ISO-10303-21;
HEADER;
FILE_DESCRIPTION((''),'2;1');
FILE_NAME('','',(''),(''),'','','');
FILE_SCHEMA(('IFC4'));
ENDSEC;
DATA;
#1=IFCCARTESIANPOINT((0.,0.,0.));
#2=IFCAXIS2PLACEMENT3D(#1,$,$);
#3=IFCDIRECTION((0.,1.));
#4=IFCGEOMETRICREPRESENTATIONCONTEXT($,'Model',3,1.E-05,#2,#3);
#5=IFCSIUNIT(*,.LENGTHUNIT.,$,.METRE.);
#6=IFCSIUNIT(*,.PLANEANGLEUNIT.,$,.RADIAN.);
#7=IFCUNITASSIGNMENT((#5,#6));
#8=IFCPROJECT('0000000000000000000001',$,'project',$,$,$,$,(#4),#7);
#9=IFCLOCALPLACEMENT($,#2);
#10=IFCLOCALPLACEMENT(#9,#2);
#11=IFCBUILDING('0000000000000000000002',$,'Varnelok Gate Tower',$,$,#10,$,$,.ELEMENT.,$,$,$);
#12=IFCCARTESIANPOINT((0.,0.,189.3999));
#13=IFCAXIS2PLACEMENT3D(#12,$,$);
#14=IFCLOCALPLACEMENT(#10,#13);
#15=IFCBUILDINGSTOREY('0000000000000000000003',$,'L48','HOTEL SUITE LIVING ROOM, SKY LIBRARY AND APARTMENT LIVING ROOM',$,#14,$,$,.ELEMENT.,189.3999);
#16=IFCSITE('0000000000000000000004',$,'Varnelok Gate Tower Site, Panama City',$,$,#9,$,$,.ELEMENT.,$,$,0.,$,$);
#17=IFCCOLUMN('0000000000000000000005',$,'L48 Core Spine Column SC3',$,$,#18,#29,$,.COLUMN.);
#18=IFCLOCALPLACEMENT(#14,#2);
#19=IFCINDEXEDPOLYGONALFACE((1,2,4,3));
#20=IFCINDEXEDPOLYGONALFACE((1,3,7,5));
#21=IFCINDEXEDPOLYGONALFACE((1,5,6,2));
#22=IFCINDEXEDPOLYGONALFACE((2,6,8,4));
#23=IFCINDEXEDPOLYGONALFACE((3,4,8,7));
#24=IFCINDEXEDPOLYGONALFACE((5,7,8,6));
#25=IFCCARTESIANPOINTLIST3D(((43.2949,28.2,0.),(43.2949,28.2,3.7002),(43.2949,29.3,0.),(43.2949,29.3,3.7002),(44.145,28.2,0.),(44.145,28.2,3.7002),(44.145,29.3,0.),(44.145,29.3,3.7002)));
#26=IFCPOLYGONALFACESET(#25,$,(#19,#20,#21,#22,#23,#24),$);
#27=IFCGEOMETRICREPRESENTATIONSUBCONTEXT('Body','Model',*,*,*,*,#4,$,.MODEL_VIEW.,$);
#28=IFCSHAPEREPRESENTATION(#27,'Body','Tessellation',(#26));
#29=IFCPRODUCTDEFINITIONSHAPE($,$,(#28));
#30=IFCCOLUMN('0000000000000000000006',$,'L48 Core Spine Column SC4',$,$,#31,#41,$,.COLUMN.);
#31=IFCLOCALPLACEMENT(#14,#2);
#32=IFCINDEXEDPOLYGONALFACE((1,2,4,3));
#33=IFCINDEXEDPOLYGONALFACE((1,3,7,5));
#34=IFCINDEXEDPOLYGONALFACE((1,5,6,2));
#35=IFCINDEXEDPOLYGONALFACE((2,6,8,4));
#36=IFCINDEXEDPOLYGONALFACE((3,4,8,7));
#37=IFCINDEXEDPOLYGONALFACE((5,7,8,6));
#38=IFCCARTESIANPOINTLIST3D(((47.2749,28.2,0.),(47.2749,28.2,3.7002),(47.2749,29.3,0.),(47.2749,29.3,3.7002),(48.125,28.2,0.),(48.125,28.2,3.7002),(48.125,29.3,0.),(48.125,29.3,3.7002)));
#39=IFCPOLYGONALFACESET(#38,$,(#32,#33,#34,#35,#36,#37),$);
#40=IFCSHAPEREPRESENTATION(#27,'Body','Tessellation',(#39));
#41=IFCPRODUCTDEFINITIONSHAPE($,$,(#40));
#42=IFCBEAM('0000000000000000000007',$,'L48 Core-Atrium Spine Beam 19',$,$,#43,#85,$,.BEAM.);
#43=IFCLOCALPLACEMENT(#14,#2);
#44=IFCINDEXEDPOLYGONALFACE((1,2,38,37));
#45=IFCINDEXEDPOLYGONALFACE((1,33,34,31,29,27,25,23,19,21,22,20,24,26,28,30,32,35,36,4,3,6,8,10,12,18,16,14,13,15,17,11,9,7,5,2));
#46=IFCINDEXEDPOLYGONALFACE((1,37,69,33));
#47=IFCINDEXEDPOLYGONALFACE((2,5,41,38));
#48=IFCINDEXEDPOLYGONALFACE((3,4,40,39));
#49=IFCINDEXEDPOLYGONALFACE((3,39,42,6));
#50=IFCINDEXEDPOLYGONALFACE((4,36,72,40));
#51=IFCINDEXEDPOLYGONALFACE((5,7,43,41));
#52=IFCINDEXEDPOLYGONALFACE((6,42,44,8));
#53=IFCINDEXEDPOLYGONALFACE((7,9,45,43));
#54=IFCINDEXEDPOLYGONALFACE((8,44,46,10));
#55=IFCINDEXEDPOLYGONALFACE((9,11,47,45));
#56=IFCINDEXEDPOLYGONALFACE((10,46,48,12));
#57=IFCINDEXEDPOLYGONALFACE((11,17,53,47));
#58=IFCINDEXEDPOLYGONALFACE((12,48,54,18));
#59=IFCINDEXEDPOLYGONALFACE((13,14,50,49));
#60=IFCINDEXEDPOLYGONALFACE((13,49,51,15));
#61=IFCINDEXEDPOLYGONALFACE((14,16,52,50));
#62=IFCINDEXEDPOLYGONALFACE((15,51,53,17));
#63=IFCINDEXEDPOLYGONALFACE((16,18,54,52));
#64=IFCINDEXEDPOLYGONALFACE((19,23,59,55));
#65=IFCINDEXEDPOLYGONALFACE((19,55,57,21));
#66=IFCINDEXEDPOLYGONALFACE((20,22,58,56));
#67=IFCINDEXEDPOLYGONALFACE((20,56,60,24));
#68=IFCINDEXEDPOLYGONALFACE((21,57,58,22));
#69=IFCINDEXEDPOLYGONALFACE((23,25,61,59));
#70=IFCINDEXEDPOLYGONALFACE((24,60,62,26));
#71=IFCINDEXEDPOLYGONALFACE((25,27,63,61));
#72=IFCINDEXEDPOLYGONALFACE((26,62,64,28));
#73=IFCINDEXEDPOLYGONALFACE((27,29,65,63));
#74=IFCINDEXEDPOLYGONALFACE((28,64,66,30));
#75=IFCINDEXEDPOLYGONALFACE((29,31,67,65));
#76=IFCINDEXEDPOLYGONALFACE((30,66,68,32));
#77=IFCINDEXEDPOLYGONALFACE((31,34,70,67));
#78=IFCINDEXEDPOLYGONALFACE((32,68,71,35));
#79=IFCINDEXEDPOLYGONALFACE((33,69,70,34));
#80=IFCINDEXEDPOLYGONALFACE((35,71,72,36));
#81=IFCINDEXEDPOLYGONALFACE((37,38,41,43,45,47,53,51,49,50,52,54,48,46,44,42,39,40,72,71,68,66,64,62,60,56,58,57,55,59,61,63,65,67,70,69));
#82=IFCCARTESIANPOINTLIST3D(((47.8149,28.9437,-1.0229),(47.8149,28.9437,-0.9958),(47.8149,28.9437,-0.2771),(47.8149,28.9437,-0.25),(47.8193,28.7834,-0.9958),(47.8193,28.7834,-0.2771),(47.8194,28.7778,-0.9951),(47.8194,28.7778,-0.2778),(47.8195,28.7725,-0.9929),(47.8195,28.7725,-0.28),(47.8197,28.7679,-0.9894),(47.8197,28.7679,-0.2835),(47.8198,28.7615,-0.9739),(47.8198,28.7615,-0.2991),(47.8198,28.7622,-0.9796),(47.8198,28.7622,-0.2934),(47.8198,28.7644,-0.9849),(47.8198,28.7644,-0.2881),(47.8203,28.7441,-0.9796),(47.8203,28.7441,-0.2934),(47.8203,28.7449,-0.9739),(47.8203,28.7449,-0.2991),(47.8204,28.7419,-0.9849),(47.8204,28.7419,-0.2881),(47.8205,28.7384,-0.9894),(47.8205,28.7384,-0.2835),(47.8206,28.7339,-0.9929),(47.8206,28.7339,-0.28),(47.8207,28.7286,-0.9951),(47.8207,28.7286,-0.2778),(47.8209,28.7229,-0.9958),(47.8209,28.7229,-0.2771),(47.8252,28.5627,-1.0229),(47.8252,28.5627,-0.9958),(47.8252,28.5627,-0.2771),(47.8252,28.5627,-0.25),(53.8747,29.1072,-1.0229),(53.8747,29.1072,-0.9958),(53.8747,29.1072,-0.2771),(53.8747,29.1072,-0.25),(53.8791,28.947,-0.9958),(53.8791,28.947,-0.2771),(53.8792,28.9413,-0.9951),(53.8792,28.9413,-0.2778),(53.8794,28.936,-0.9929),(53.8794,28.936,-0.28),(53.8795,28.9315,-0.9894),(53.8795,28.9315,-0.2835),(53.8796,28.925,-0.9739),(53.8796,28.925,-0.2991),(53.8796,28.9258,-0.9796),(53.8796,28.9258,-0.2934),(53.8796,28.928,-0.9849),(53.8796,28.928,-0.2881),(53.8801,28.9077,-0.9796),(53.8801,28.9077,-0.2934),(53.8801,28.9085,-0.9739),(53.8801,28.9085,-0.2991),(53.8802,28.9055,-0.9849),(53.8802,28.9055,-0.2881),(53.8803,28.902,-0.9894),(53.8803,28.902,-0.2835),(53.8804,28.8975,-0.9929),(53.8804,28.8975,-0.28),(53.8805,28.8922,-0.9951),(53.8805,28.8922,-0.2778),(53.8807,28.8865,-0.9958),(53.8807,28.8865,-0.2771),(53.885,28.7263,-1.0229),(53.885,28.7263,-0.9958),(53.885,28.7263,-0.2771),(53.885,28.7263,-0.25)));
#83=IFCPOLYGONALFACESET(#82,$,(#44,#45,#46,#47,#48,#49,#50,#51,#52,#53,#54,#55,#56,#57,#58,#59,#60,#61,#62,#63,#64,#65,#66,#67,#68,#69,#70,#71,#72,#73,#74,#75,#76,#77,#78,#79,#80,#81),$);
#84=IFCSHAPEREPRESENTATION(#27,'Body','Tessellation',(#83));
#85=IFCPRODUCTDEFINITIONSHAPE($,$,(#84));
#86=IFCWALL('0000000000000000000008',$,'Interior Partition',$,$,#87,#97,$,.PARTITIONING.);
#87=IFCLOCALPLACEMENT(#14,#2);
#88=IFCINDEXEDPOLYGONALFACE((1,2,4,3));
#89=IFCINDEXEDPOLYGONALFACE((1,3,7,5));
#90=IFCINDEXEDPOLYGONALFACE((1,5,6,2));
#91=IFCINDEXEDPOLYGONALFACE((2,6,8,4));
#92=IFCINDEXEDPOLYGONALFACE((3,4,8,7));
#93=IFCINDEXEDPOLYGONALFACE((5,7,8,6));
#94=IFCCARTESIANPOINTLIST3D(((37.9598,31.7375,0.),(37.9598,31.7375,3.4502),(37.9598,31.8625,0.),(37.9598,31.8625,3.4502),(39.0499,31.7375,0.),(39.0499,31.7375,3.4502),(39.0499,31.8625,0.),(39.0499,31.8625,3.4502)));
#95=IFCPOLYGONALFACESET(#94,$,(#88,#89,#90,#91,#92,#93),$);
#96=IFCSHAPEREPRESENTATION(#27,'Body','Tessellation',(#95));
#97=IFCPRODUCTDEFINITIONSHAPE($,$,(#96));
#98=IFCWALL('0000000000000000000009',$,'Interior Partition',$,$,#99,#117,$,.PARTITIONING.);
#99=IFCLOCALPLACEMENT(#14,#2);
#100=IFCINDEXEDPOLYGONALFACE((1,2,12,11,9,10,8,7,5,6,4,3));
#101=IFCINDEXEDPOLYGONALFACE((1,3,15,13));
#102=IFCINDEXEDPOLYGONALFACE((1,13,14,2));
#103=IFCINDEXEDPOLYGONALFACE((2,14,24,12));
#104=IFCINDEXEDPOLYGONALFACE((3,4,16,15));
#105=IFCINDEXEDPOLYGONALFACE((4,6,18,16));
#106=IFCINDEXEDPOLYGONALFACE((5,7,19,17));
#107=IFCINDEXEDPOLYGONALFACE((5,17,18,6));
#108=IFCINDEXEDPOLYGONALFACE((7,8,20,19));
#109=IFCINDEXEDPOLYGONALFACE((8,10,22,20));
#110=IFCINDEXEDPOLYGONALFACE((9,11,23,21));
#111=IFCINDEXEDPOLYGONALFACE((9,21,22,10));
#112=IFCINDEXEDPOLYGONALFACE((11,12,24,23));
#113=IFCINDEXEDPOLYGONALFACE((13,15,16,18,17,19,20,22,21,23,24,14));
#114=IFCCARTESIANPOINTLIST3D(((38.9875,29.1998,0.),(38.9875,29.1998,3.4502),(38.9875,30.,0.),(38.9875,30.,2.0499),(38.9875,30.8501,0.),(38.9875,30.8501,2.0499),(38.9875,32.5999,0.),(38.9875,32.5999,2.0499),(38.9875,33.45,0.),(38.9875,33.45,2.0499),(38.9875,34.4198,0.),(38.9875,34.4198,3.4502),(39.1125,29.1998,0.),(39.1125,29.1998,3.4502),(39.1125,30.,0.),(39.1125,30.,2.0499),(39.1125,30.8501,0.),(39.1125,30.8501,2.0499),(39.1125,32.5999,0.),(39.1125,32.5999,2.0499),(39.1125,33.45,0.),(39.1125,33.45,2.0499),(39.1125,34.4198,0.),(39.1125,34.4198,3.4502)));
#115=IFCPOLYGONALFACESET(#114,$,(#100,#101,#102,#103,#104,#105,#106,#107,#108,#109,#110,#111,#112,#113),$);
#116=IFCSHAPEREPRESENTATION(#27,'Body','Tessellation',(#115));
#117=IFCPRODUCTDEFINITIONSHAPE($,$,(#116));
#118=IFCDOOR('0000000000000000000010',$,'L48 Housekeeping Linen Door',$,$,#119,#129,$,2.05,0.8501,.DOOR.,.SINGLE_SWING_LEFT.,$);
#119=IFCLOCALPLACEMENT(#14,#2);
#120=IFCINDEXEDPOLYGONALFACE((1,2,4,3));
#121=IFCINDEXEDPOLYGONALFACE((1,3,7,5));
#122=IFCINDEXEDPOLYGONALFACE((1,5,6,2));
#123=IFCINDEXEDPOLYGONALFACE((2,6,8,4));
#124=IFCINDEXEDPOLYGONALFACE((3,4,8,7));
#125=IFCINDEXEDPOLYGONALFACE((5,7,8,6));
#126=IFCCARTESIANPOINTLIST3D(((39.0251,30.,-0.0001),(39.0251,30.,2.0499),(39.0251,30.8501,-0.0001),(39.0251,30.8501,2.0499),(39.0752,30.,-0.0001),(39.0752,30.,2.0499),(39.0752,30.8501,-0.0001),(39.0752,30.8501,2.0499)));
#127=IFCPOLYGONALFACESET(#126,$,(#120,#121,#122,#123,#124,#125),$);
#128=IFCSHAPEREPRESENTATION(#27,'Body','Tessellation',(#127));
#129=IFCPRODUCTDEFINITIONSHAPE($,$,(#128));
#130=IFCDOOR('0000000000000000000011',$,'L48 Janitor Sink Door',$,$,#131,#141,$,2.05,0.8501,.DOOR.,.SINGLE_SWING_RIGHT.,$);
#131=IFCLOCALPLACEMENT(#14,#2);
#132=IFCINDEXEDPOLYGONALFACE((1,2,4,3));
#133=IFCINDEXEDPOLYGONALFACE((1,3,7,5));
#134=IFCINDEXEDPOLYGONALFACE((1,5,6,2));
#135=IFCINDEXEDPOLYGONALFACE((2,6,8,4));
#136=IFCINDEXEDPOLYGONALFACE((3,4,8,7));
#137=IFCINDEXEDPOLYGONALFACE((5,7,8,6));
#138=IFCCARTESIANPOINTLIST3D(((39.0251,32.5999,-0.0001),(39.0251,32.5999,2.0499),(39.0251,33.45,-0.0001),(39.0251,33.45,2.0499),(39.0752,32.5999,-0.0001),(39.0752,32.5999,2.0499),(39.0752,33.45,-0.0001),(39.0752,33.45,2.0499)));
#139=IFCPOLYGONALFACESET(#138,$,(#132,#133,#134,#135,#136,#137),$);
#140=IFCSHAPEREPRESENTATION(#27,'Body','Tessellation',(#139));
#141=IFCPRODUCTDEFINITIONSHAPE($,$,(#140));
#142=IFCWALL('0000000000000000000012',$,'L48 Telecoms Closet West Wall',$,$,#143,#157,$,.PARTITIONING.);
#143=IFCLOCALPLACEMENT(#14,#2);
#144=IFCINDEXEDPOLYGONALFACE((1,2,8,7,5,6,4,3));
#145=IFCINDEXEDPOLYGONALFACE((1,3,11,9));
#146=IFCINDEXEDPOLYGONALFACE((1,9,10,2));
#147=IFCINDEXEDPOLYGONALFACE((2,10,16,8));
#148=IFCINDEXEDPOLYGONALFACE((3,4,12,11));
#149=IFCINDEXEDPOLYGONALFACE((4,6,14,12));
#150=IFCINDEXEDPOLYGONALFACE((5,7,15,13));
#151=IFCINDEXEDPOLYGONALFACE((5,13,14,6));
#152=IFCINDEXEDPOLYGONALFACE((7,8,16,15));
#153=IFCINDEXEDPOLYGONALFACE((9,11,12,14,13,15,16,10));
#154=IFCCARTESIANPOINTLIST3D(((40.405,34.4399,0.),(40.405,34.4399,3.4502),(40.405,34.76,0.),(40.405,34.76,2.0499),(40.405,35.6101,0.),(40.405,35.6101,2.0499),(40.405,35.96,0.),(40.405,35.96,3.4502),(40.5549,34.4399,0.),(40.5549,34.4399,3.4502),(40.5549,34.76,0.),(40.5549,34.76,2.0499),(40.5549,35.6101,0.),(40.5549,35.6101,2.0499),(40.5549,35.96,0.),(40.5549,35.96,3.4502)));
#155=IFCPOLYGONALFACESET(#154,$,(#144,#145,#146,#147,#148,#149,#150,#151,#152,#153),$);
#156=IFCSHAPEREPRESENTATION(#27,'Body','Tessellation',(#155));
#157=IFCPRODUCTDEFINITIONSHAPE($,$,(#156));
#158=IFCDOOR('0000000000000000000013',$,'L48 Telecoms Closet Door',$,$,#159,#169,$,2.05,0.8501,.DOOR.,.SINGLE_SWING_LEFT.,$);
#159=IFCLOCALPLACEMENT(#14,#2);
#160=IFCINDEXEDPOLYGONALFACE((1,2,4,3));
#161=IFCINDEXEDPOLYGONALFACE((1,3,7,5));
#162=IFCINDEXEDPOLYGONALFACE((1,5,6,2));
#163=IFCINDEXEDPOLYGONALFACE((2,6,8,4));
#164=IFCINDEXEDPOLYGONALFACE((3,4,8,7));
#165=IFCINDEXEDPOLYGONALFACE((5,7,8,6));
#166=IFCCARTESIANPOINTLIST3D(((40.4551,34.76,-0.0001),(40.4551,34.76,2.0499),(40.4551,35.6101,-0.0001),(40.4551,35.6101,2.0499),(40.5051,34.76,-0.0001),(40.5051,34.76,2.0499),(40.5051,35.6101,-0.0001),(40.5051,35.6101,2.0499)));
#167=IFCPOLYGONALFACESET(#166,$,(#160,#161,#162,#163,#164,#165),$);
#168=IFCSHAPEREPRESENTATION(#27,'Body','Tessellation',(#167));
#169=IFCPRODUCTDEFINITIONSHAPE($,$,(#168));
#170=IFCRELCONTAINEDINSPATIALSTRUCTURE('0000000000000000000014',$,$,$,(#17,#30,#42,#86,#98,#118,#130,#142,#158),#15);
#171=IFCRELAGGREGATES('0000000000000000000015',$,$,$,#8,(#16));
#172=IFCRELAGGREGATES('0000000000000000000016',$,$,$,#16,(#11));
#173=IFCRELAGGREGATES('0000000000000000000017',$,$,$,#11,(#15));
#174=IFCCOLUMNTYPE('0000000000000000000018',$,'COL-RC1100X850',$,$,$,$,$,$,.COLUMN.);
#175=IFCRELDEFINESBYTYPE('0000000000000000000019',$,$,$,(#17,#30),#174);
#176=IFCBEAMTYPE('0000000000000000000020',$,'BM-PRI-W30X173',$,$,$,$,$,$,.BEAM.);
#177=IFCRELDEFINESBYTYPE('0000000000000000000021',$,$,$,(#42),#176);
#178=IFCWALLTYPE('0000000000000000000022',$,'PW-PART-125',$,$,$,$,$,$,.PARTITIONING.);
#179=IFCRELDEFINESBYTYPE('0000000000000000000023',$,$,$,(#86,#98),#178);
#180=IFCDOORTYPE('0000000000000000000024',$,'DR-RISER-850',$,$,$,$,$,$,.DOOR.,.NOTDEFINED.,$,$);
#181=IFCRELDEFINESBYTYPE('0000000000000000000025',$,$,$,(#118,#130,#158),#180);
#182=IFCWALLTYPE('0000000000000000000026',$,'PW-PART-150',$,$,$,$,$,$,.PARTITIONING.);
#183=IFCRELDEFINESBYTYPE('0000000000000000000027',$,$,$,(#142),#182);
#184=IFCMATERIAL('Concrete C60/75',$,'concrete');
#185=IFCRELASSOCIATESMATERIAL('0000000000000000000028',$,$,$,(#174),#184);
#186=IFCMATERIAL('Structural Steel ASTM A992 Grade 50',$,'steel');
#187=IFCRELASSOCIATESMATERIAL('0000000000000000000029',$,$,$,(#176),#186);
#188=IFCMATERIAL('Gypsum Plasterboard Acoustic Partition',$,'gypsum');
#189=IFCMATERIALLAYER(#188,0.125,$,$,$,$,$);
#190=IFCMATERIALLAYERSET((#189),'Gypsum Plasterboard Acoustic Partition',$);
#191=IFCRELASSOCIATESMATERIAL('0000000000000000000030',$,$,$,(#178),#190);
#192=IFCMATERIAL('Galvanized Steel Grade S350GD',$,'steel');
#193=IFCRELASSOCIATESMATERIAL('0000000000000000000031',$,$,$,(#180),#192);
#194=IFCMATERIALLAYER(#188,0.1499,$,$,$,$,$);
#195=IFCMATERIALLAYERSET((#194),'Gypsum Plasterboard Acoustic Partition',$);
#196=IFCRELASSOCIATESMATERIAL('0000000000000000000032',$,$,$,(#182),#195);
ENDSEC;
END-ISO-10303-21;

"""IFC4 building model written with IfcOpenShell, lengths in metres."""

from ifc_helpers import new_model, si_unit, direction, frame, frame_2d, origin, origin_2d, place, context, subcontext, project, spatial, rectangle, i_section, extrude, material, layer, layer_set, material_profile, profile_set, type_object, element, fill, save


model = new_model("IFC4")

# Units and contexts
model_context = context("Model", 3, precision=1e-05, world=origin(), true_north=direction((0.0, 1.0)))
body_context = subcontext(model_context, "Body", "Model", "MODEL_VIEW")
ifc_project = project(units=[si_unit("LENGTHUNIT", "METRE"), si_unit("PLANEANGLEUNIT", "RADIAN")], contexts=[model_context])

# Site, building, storey
site_placement = place(None, origin())
site = spatial("IfcSite", under=ifc_project, at=site_placement, Name="Varnelok Gate Tower Site, Panama City", CompositionType="ELEMENT", RefElevation=0.0)
building_placement = place(site_placement, origin())
building = spatial("IfcBuilding", under=site, at=building_placement, Name="Varnelok Gate Tower", CompositionType="ELEMENT")
storey_placement = place(building_placement, frame((0.0, 0.0, 189.3999)))
storey = spatial("IfcBuildingStorey", under=building, at=storey_placement, Name="L48", Description="HOTEL SUITE LIVING ROOM, SKY LIBRARY AND APARTMENT LIVING ROOM", CompositionType="ELEMENT", Elevation=189.3999)

# Columns
ifc_material_1 = material(Name="Concrete C60/75", Category="concrete")
ifc_material_profile_1 = material_profile(ifc_material_1, rectangle(XDim=0.8501, YDim=1.1001, at=origin_2d()), Name="RC1100X850")
ifc_profile_set_1 = profile_set([ifc_material_profile_1], Name="Concrete C60/75")
column_type = type_object("IfcColumnType", Name="COL-RC1100X850", PredefinedType="COLUMN", material=ifc_profile_set_1)
for number, where, z_axis, x_axis, name in (
    (1, (43.72, 28.75, 0.0), (0.0, 0.0, 1.0), (1.0, 0.0, 0.0), "L48 Core Spine Column SC3"),
    (2, (47.7, 28.75, 0.0), (0.0, 0.0, 1.0), (1.0, 0.0, 0.0), "L48 Core Spine Column SC4"),
):
    element("IfcColumn", number, at=place(storey_placement, frame(where, z_axis=z_axis, x_axis=x_axis)), inside=storey, type_object=column_type, Name=name, PredefinedType="COLUMN", context=body_context, shape_type="SweptSolid", body=[
        extrude(rectangle(XDim=0.8501, YDim=1.1001, at=origin_2d()), origin(), (0.0, 0.0, 1.0), 3.7002),
    ])

# Beam
ifc_material_2 = material(Name="Structural Steel ASTM A992 Grade 50", Category="steel")
ifc_material_profile_2 = material_profile(ifc_material_2, i_section(OverallWidth=0.3811, OverallDepth=0.7729, WebThickness=0.0166, FlangeThickness=0.0271, FilletRadius=0.022, at=origin_2d()), Name="W30X173")
ifc_profile_set_2 = profile_set([ifc_material_profile_2], Name="Structural Steel ASTM A992 Grade 50")
beam_type = type_object("IfcBeamType", Name="BM-PRI-W30X173", PredefinedType="BEAM", material=ifc_profile_set_2)
beam_placement = place(storey_placement, frame((47.8201, 28.7532, -0.6365), z_axis=(0.999636, 0.026983, 0.0), x_axis=(-0.026983, 0.999636, 0.0)))
element("IfcBeam", 3, at=beam_placement, inside=storey, type_object=beam_type, Name="L48 Core-Atrium Spine Beam 19", PredefinedType="BEAM", context=body_context, shape_type="SweptSolid", body=[
    extrude(i_section(OverallWidth=0.3811, OverallDepth=0.7729, WebThickness=0.0166, FlangeThickness=0.0271, FilletRadius=0.022, at=origin_2d()), origin(), (0.0, 0.0, 1.0), 6.062),
])

# Wall
ifc_material_3 = material(Name="Gypsum Plasterboard Acoustic Partition", Category="gypsum")
ifc_layer_1 = layer(ifc_material_3, 0.125)
ifc_layer_set_1 = layer_set([ifc_layer_1], Name="Gypsum Plasterboard Acoustic Partition")
wall_type_1 = type_object("IfcWallType", Name="PW-PART-125", PredefinedType="PARTITIONING", material=ifc_layer_set_1)
wall_1_placement = place(storey_placement, frame((37.96, 31.8, 0.0), z_axis=(0.0, 0.0, 1.0), x_axis=(1.0, 0.0, 0.0)))
element("IfcWall", 4, at=wall_1_placement, inside=storey, type_object=wall_type_1, Name="Interior Partition", PredefinedType="PARTITIONING", context=body_context, shape_type="SweptSolid", body=[
    extrude(rectangle(XDim=1.0901, YDim=0.125, at=frame_2d((0.5449, 0.0))), origin(), (0.0, 0.0, 1.0), 3.4502),
])

# Wall, openings, doors
wall_2_placement = place(storey_placement, frame((39.05, 29.2, 0.0), z_axis=(0.0, 0.0, 1.0), x_axis=(0.0, 1.0, 0.0)))
wall_2 = element("IfcWall", 5, at=wall_2_placement, inside=storey, type_object=wall_type_1, Name="Interior Partition", PredefinedType="PARTITIONING", context=body_context, shape_type="SweptSolid", body=[
    extrude(rectangle(XDim=5.22, YDim=0.125, at=frame_2d((2.6099, 0.0))), origin(), (0.0, 0.0, 1.0), 3.4502),
])
opening_1_placement = place(wall_2_placement, frame((0.8, 0.0, 0.0)))
opening_1 = element("IfcOpeningElement", 6, at=opening_1_placement, cuts=wall_2, PredefinedType="OPENING", context=body_context, shape_type="SweptSolid", body=[
    extrude(rectangle(XDim=0.8501, YDim=2.05, at=frame_2d((0.425, 1.0249))), frame((0.0, 0.0725, 0.0), z_axis=(0.0, -1.0, 0.0), x_axis=(1.0, 0.0, 0.0)), (0.0, 0.0, 1.0), 0.145),
])
opening_2_placement = place(wall_2_placement, frame((3.3999, 0.0, 0.0)))
opening_2 = element("IfcOpeningElement", 7, at=opening_2_placement, cuts=wall_2, PredefinedType="OPENING", context=body_context, shape_type="SweptSolid", body=[
    extrude(rectangle(XDim=0.8501, YDim=2.05, at=frame_2d((0.425, 1.0249))), frame((0.0, 0.0725, 0.0), z_axis=(0.0, -1.0, 0.0), x_axis=(1.0, 0.0, 0.0)), (0.0, 0.0, 1.0), 0.145),
])
ifc_material_4 = material(Name="Galvanized Steel Grade S350GD", Category="steel")
door_type_1 = type_object("IfcDoorType", Name="DR-RISER-850", OperationType="NOTDEFINED", PredefinedType="DOOR", material=ifc_material_4)
door_1_placement = place(opening_1_placement, origin())
door_1 = element("IfcDoor", 8, at=door_1_placement, inside=storey, type_object=door_type_1, Name="L48 Housekeeping Linen Door", OperationType="SINGLE_SWING_LEFT", OverallHeight=2.05, OverallWidth=0.8501, PredefinedType="DOOR", context=body_context, shape_type="SweptSolid", body=[
    extrude(rectangle(XDim=0.8501, YDim=2.05, at=frame_2d((0.425, 1.0249))), frame((0.0, 0.0249, 0.0), z_axis=(0.0, -1.0, 0.0), x_axis=(1.0, 0.0, 0.0)), (0.0, 0.0, 1.0), 0.05),
])
fill(opening_1, door_1)
door_2_placement = place(opening_2_placement, origin())
door_2 = element("IfcDoor", 9, at=door_2_placement, inside=storey, type_object=door_type_1, Name="L48 Janitor Sink Door", OperationType="SINGLE_SWING_RIGHT", OverallHeight=2.05, OverallWidth=0.8501, PredefinedType="DOOR", context=body_context, shape_type="SweptSolid", body=[
    extrude(rectangle(XDim=0.8501, YDim=2.05, at=frame_2d((0.425, 1.0249))), frame((0.0, 0.0249, 0.0), z_axis=(0.0, -1.0, 0.0), x_axis=(1.0, 0.0, 0.0)), (0.0, 0.0, 1.0), 0.05),
])
fill(opening_2, door_2)

# Wall, opening, door
ifc_layer_2 = layer(ifc_material_3, 0.1499)
ifc_layer_set_2 = layer_set([ifc_layer_2], Name="Gypsum Plasterboard Acoustic Partition")
wall_type_2 = type_object("IfcWallType", Name="PW-PART-150", PredefinedType="PARTITIONING", material=ifc_layer_set_2)
wall_3_placement = place(storey_placement, frame((40.48, 34.4399, 0.0), z_axis=(0.0, 0.0, 1.0), x_axis=(0.0, 1.0, 0.0)))
wall_3 = element("IfcWall", 10, at=wall_3_placement, inside=storey, type_object=wall_type_2, Name="L48 Telecoms Closet West Wall", PredefinedType="PARTITIONING", context=body_context, shape_type="SweptSolid", body=[
    extrude(rectangle(XDim=1.52, YDim=0.1499, at=frame_2d((0.76, 0.0))), origin(), (0.0, 0.0, 1.0), 3.4502),
])
opening_3_placement = place(wall_3_placement, frame((0.3201, 0.0, 0.0)))
opening_3 = element("IfcOpeningElement", 11, at=opening_3_placement, cuts=wall_3, PredefinedType="OPENING", context=body_context, shape_type="SweptSolid", body=[
    extrude(rectangle(XDim=0.8501, YDim=2.05, at=frame_2d((0.425, 1.0249))), frame((0.0, 0.085, 0.0), z_axis=(0.0, -1.0, 0.0), x_axis=(1.0, 0.0, 0.0)), (0.0, 0.0, 1.0), 0.1699),
])
door_3_placement = place(opening_3_placement, origin())
door_3 = element("IfcDoor", 12, at=door_3_placement, inside=storey, type_object=door_type_1, Name="L48 Telecoms Closet Door", OperationType="SINGLE_SWING_LEFT", OverallHeight=2.05, OverallWidth=0.8501, PredefinedType="DOOR", context=body_context, shape_type="SweptSolid", body=[
    extrude(rectangle(XDim=0.8501, YDim=2.05, at=frame_2d((0.425, 1.0249))), frame((0.0, 0.0249, 0.0), z_axis=(0.0, -1.0, 0.0), x_axis=(1.0, 0.0, 0.0)), (0.0, 0.0, 1.0), 0.05),
])
fill(opening_3, door_3)

save(model, "model.ifc")
